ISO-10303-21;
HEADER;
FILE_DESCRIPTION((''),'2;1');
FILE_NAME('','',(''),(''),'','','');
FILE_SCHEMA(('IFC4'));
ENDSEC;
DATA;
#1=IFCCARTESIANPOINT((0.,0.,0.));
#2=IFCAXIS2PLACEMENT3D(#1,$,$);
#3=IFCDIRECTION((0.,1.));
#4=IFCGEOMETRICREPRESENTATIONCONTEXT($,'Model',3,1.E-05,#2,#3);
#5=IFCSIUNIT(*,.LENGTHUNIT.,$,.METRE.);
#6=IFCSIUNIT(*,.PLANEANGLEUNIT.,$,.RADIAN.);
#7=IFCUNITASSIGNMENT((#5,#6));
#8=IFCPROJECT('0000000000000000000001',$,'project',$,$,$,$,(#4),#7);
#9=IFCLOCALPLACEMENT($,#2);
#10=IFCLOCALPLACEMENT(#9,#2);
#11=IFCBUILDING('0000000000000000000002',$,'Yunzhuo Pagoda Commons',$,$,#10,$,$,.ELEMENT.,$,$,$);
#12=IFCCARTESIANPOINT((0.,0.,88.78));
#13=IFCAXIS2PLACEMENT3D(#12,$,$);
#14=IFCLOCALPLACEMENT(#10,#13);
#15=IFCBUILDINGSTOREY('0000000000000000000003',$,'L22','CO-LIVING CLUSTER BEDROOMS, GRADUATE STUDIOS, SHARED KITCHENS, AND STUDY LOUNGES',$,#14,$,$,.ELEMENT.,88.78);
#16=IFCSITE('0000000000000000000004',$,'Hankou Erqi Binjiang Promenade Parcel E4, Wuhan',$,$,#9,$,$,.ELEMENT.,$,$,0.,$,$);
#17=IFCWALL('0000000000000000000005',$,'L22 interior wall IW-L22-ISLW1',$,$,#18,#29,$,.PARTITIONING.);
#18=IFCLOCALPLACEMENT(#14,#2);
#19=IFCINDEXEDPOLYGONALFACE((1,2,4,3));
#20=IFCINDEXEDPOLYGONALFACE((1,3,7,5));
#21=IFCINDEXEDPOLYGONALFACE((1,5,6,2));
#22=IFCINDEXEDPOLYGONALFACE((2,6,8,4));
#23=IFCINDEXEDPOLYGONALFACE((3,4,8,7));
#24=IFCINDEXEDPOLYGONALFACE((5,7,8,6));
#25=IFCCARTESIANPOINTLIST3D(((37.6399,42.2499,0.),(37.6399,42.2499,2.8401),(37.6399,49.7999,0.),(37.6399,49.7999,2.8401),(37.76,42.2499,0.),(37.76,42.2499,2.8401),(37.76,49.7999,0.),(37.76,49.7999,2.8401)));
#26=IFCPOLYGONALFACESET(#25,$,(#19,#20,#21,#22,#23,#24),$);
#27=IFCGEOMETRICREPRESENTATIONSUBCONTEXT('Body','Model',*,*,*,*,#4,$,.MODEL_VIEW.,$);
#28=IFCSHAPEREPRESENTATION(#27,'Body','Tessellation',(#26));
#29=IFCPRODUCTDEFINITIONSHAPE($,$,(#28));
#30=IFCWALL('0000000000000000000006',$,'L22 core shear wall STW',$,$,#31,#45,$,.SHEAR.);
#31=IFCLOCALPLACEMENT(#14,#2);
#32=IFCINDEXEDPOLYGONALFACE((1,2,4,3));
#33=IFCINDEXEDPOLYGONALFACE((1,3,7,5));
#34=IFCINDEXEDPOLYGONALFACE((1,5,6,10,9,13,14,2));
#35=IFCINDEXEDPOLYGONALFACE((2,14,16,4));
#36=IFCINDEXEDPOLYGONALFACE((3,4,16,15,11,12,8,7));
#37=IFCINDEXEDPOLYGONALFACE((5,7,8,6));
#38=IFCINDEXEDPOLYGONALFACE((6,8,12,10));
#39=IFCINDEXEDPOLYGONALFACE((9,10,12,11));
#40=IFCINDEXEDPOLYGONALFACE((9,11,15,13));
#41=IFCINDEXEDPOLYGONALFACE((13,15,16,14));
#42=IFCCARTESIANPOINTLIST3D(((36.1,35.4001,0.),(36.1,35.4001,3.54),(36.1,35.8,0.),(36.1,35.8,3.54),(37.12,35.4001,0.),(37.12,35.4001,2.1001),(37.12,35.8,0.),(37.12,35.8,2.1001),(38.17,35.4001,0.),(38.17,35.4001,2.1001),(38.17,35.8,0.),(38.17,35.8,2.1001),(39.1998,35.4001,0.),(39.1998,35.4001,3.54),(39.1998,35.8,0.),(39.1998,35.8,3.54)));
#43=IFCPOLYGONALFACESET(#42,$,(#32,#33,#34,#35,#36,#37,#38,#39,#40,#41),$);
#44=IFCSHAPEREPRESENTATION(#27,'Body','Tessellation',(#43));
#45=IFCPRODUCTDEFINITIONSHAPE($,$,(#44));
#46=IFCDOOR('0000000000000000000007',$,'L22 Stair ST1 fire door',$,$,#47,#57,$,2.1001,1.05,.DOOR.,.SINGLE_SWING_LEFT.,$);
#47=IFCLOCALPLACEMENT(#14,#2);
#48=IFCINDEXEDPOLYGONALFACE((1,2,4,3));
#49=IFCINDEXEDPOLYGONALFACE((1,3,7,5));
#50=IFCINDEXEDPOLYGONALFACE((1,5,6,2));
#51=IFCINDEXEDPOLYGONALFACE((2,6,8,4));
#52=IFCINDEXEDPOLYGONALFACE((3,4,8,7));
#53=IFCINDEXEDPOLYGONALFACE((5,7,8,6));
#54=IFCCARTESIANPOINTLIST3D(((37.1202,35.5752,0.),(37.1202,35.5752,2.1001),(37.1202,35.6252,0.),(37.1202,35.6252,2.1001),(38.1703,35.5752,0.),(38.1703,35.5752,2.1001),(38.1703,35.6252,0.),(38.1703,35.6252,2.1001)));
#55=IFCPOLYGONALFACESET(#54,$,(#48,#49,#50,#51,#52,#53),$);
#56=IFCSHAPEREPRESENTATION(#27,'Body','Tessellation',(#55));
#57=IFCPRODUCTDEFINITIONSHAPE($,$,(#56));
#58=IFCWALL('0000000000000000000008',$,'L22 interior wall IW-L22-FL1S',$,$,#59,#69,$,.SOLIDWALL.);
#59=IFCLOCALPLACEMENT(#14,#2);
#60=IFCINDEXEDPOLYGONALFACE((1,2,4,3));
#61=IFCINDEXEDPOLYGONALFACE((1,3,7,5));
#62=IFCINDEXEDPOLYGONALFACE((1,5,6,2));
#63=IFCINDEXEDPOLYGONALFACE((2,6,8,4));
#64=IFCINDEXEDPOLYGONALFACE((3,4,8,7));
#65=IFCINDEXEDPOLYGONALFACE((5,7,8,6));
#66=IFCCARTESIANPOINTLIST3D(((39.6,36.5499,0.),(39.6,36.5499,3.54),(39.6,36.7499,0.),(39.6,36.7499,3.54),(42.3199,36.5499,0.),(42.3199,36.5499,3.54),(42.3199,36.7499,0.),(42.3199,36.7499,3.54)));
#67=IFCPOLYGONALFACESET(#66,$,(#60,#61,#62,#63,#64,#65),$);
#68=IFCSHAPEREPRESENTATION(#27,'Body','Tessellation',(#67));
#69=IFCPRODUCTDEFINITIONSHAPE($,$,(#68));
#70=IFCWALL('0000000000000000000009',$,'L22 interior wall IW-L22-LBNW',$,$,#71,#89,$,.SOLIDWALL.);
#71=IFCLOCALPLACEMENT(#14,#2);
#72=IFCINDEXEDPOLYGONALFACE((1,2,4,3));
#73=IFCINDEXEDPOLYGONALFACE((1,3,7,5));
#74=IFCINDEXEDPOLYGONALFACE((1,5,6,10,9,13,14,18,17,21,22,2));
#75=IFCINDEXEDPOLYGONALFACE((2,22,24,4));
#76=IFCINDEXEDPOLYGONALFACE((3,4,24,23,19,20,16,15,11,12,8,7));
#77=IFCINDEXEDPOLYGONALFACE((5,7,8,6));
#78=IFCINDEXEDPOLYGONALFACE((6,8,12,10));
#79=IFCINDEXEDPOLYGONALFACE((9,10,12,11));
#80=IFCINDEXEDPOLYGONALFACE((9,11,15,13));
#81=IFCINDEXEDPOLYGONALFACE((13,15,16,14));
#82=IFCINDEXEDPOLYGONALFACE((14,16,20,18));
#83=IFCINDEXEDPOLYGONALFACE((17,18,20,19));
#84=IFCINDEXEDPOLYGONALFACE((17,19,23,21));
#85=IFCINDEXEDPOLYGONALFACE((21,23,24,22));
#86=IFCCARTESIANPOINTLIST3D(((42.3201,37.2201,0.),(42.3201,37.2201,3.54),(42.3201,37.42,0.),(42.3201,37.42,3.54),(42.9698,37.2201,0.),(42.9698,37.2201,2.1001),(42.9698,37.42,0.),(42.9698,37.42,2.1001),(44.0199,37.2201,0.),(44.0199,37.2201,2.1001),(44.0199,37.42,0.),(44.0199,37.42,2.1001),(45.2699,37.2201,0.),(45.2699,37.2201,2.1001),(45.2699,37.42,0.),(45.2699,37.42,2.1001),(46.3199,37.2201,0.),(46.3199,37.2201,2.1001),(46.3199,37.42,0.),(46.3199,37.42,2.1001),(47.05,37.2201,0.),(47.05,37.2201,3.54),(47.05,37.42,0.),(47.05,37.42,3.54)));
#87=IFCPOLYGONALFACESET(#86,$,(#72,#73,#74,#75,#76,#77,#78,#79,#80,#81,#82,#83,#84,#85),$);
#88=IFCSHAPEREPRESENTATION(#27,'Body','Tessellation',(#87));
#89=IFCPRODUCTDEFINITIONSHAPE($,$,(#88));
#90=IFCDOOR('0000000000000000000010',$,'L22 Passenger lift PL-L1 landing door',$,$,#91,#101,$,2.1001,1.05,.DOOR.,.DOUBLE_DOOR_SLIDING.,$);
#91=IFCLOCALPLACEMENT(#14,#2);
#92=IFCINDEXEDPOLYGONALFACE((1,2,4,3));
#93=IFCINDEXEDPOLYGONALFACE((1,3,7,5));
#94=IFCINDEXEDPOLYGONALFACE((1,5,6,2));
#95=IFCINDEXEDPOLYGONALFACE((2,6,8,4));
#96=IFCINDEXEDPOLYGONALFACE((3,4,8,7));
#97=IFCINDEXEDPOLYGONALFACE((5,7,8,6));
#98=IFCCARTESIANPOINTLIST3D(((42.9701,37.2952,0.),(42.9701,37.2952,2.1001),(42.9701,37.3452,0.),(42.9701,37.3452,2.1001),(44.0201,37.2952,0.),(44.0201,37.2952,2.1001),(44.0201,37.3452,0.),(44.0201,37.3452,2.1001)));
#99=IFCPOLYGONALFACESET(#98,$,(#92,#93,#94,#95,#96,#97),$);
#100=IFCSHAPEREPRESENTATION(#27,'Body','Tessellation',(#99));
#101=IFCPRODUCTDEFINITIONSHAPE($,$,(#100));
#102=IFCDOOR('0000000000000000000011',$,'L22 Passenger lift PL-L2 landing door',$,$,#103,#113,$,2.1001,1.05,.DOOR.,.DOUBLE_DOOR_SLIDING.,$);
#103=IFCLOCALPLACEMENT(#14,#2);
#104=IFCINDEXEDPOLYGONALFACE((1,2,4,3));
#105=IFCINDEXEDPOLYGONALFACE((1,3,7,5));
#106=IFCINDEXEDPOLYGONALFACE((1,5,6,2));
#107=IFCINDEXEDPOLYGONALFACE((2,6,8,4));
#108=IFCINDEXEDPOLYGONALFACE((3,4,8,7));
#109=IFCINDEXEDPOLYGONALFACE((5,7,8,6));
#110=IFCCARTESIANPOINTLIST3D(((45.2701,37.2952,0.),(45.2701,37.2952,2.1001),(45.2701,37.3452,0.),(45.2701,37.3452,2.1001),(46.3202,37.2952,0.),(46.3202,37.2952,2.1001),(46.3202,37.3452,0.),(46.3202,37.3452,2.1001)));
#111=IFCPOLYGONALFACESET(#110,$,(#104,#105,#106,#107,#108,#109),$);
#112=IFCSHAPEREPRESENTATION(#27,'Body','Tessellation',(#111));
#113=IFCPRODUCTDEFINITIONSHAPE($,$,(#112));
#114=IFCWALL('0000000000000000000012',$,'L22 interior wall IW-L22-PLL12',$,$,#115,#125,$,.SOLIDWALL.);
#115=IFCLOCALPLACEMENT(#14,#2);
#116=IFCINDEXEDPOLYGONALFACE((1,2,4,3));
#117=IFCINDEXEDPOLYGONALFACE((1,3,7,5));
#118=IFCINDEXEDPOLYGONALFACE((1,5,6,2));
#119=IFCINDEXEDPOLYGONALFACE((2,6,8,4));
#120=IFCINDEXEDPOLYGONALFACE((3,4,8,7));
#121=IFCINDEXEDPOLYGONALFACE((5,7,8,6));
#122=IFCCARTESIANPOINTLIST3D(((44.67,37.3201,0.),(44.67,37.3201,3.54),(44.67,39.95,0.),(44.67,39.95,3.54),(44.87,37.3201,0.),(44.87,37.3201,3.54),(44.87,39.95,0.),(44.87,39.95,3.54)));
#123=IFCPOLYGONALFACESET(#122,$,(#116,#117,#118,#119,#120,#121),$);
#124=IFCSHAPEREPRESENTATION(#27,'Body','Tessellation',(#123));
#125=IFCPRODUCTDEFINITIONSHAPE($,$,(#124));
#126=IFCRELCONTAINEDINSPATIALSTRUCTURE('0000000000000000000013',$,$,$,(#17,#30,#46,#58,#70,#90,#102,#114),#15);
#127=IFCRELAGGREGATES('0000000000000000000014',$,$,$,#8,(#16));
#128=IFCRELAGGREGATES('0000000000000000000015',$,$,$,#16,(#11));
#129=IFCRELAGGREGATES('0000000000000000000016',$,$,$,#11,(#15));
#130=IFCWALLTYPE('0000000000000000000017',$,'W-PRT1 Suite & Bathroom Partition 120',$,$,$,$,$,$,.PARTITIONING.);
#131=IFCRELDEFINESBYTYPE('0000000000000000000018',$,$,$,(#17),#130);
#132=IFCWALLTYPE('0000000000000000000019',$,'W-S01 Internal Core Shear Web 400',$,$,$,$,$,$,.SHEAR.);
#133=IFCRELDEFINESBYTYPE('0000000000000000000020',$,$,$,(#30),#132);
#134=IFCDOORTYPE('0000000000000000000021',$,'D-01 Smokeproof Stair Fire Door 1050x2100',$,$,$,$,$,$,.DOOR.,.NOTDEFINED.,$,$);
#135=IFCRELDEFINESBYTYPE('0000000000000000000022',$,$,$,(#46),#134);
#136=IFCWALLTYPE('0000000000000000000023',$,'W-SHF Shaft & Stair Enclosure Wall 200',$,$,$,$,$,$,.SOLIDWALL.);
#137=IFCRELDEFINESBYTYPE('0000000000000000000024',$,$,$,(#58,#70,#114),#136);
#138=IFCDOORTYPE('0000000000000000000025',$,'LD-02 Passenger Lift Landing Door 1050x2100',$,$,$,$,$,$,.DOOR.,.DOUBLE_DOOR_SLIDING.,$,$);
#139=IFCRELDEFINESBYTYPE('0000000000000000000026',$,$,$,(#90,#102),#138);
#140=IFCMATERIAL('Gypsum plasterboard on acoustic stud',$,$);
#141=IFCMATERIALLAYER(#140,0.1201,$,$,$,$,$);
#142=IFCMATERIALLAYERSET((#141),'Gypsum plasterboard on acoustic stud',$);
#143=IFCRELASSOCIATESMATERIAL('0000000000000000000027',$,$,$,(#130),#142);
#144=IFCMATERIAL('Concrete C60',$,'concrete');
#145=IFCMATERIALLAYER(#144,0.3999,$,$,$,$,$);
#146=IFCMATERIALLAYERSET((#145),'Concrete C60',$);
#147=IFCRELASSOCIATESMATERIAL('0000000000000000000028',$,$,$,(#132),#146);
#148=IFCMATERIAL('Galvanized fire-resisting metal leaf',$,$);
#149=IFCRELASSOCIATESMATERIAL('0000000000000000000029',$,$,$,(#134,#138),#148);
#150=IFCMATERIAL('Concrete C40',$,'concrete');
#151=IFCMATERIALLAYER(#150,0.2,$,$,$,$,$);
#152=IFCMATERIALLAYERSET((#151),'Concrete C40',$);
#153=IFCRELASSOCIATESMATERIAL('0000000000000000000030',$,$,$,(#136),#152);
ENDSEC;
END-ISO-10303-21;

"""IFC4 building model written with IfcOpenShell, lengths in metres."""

from ifc_helpers import new_model, si_unit, direction, frame, frame_2d, origin, place, context, subcontext, project, spatial, rectangle, extrude, source, transform, mapped, material, layer, layer_set, type_object, element, fill, save


model = new_model("IFC4")

# Units and contexts
model_context = context("Model", 3, precision=1e-05, world=origin(), true_north=direction((0.0, 1.0)))
body_context = subcontext(model_context, "Body", "Model", "MODEL_VIEW")
ifc_project = project(units=[si_unit("LENGTHUNIT", "METRE"), si_unit("PLANEANGLEUNIT", "RADIAN")], contexts=[model_context])

# Site, building, storey
site_placement = place(None, origin())
site = spatial("IfcSite", under=ifc_project, at=site_placement, Name="Hankou Erqi Binjiang Promenade Parcel E4, Wuhan", CompositionType="ELEMENT", RefElevation=0.0)
building_placement = place(site_placement, origin())
building = spatial("IfcBuilding", under=site, at=building_placement, Name="Yunzhuo Pagoda Commons", CompositionType="ELEMENT")
storey_placement = place(building_placement, frame((0.0, 0.0, 88.78)))
storey = spatial("IfcBuildingStorey", under=building, at=storey_placement, Name="L22", Description="CO-LIVING CLUSTER BEDROOMS, GRADUATE STUDIOS, SHARED KITCHENS, AND STUDY LOUNGES", CompositionType="ELEMENT", Elevation=88.78)

# Shared definitions
ifc_material_1 = material(Name="Concrete C60", Category="concrete")
ifc_material_2 = material(Name="Galvanized fire-resisting metal leaf")
shared_shape_1 = source(origin(), body_context, "Body", "SweptSolid", [
    extrude(rectangle(XDim=1.05, YDim=2.1001, at=frame_2d((0.5249, 1.05))), frame((0.0, 0.0249, 0.0), z_axis=(0.0, -1.0, 0.0), x_axis=(1.0, 0.0, 0.0)), (0.0, 0.0, 1.0), 0.05),
])

# Shared definitions
ifc_material_3 = material(Name="Gypsum plasterboard on acoustic stud")

# Wall
ifc_layer_1 = layer(ifc_material_3, 0.1201)
ifc_layer_set_1 = layer_set([ifc_layer_1], Name="Gypsum plasterboard on acoustic stud")
wall_type_1 = type_object("IfcWallType", Name="W-PRT1 Suite & Bathroom Partition 120", PredefinedType="PARTITIONING", material=ifc_layer_set_1)
wall_1_placement = place(storey_placement, frame((37.7, 42.25, 0.0), z_axis=(0.0, 0.0, 1.0), x_axis=(0.0, 1.0, 0.0)))
element("IfcWall", 1, at=wall_1_placement, inside=storey, type_object=wall_type_1, Name="L22 interior wall IW-L22-ISLW1", PredefinedType="PARTITIONING", context=body_context, shape_type="SweptSolid", body=[
    extrude(rectangle(XDim=7.55, YDim=0.1201, at=frame_2d((3.7749, 0.0))), origin(), (0.0, 0.0, 1.0), 2.8401),
])

# Wall, opening, door
ifc_layer_2 = layer(ifc_material_1, 0.3999)
ifc_layer_set_2 = layer_set([ifc_layer_2], Name="Concrete C60")
wall_type_2 = type_object("IfcWallType", Name="W-S01 Internal Core Shear Web 400", PredefinedType="SHEAR", material=ifc_layer_set_2)
wall_2_placement = place(storey_placement, frame((36.1001, 35.6001, 0.0), z_axis=(0.0, 0.0, 1.0), x_axis=(1.0, 0.0, 0.0)))
wall_2 = element("IfcWall", 2, at=wall_2_placement, inside=storey, type_object=wall_type_2, Name="L22 core shear wall STW", PredefinedType="SHEAR", context=body_context, shape_type="SweptSolid", body=[
    extrude(rectangle(XDim=3.0999, YDim=0.3999, at=frame_2d((1.5498, 0.0))), origin(), (0.0, 0.0, 1.0), 3.54),
])
opening_1_placement = place(wall_2_placement, frame((1.02, 0.0, 0.0)))
opening_1 = element("IfcOpeningElement", 3, at=opening_1_placement, cuts=wall_2, PredefinedType="OPENING", context=body_context, shape_type="SweptSolid", body=[
    extrude(rectangle(XDim=1.05, YDim=2.1001, at=frame_2d((0.5249, 1.05))), frame((0.0, 0.21, 0.0), z_axis=(0.0, -1.0, 0.0), x_axis=(1.0, 0.0, 0.0)), (0.0, 0.0, 1.0), 0.4199),
])
door_type_1 = type_object("IfcDoorType", Name="D-01 Smokeproof Stair Fire Door 1050x2100", OperationType="NOTDEFINED", PredefinedType="DOOR", material=ifc_material_2)
door_1_placement = place(opening_1_placement, frame((1.05, 0.0, 0.0), z_axis=(0.0, 0.0, 1.0), x_axis=(-1.0, 0.0, 0.0)))
door_1 = element("IfcDoor", 4, at=door_1_placement, inside=storey, type_object=door_type_1, Name="L22 Stair ST1 fire door", OperationType="SINGLE_SWING_LEFT", OverallHeight=2.1001, OverallWidth=1.05, PredefinedType="DOOR", context=body_context, shape_type="MappedRepresentation", body=[
    mapped(shared_shape_1, transform((0.0, 0.0, 0.0), scale=1.0)),
])
fill(opening_1, door_1)

# Wall
ifc_material_4 = material(Name="Concrete C40", Category="concrete")
ifc_layer_3 = layer(ifc_material_4, 0.2)
ifc_layer_set_3 = layer_set([ifc_layer_3], Name="Concrete C40")
wall_type_3 = type_object("IfcWallType", Name="W-SHF Shaft & Stair Enclosure Wall 200", PredefinedType="SOLIDWALL", material=ifc_layer_set_3)
wall_3_placement = place(storey_placement, frame((39.6001, 36.6499, 0.0), z_axis=(0.0, 0.0, 1.0), x_axis=(1.0, 0.0, 0.0)))
element("IfcWall", 5, at=wall_3_placement, inside=storey, type_object=wall_type_3, Name="L22 interior wall IW-L22-FL1S", PredefinedType="SOLIDWALL", context=body_context, shape_type="SweptSolid", body=[
    extrude(rectangle(XDim=2.72, YDim=0.2, at=frame_2d((1.3599, 0.0))), origin(), (0.0, 0.0, 1.0), 3.54),
])

# Wall, openings, doors
wall_4_placement = place(storey_placement, frame((42.3201, 37.3201, 0.0), z_axis=(0.0, 0.0, 1.0), x_axis=(1.0, 0.0, 0.0)))
wall_4 = element("IfcWall", 6, at=wall_4_placement, inside=storey, type_object=wall_type_3, Name="L22 interior wall IW-L22-LBNW", PredefinedType="SOLIDWALL", context=body_context, shape_type="SweptSolid", body=[
    extrude(rectangle(XDim=4.73, YDim=0.2, at=frame_2d((2.365, 0.0))), origin(), (0.0, 0.0, 1.0), 3.54),
])
opening_2_placement = place(wall_4_placement, frame((0.6499, 0.0, 0.0)))
opening_2 = element("IfcOpeningElement", 7, at=opening_2_placement, cuts=wall_4, PredefinedType="OPENING", context=body_context, shape_type="SweptSolid", body=[
    extrude(rectangle(XDim=1.05, YDim=2.1001, at=frame_2d((0.5249, 1.05))), frame((0.0, 0.1099, 0.0), z_axis=(0.0, -1.0, 0.0), x_axis=(1.0, 0.0, 0.0)), (0.0, 0.0, 1.0), 0.22),
])
opening_3_placement = place(wall_4_placement, frame((2.95, 0.0, 0.0)))
opening_3 = element("IfcOpeningElement", 8, at=opening_3_placement, cuts=wall_4, PredefinedType="OPENING", context=body_context, shape_type="SweptSolid", body=[
    extrude(rectangle(XDim=1.05, YDim=2.1001, at=frame_2d((0.5249, 1.05))), frame((0.0, 0.1099, 0.0), z_axis=(0.0, -1.0, 0.0), x_axis=(1.0, 0.0, 0.0)), (0.0, 0.0, 1.0), 0.22),
])
door_type_2 = type_object("IfcDoorType", Name="LD-02 Passenger Lift Landing Door 1050x2100", OperationType="DOUBLE_DOOR_SLIDING", PredefinedType="DOOR", material=ifc_material_2)
door_2_placement = place(opening_2_placement, frame((1.05, 0.0, 0.0), z_axis=(0.0, 0.0, 1.0), x_axis=(-1.0, 0.0, 0.0)))
door_2 = element("IfcDoor", 9, at=door_2_placement, inside=storey, type_object=door_type_2, Name="L22 Passenger lift PL-L1 landing door", OperationType="DOUBLE_DOOR_SLIDING", OverallHeight=2.1001, OverallWidth=1.05, PredefinedType="DOOR", context=body_context, shape_type="MappedRepresentation", body=[
    mapped(shared_shape_1, transform((0.0, 0.0, 0.0), scale=1.0)),
])
fill(opening_2, door_2)
door_3_placement = place(opening_3_placement, frame((1.05, 0.0, 0.0), z_axis=(0.0, 0.0, 1.0), x_axis=(-1.0, 0.0, 0.0)))
door_3 = element("IfcDoor", 10, at=door_3_placement, inside=storey, type_object=door_type_2, Name="L22 Passenger lift PL-L2 landing door", OperationType="DOUBLE_DOOR_SLIDING", OverallHeight=2.1001, OverallWidth=1.05, PredefinedType="DOOR", context=body_context, shape_type="MappedRepresentation", body=[
    mapped(shared_shape_1, transform((0.0, 0.0, 0.0), scale=1.0)),
])
fill(opening_3, door_3)

# Wall
wall_5_placement = place(storey_placement, frame((44.77, 37.3201, 0.0), z_axis=(0.0, 0.0, 1.0), x_axis=(0.0, 1.0, 0.0)))
element("IfcWall", 11, at=wall_5_placement, inside=storey, type_object=wall_type_3, Name="L22 interior wall IW-L22-PLL12", PredefinedType="SOLIDWALL", context=body_context, shape_type="SweptSolid", body=[
    extrude(rectangle(XDim=2.6299, YDim=0.2, at=frame_2d((1.3149, 0.0))), origin(), (0.0, 0.0, 1.0), 3.54),
])

save(model, "model.ifc")
